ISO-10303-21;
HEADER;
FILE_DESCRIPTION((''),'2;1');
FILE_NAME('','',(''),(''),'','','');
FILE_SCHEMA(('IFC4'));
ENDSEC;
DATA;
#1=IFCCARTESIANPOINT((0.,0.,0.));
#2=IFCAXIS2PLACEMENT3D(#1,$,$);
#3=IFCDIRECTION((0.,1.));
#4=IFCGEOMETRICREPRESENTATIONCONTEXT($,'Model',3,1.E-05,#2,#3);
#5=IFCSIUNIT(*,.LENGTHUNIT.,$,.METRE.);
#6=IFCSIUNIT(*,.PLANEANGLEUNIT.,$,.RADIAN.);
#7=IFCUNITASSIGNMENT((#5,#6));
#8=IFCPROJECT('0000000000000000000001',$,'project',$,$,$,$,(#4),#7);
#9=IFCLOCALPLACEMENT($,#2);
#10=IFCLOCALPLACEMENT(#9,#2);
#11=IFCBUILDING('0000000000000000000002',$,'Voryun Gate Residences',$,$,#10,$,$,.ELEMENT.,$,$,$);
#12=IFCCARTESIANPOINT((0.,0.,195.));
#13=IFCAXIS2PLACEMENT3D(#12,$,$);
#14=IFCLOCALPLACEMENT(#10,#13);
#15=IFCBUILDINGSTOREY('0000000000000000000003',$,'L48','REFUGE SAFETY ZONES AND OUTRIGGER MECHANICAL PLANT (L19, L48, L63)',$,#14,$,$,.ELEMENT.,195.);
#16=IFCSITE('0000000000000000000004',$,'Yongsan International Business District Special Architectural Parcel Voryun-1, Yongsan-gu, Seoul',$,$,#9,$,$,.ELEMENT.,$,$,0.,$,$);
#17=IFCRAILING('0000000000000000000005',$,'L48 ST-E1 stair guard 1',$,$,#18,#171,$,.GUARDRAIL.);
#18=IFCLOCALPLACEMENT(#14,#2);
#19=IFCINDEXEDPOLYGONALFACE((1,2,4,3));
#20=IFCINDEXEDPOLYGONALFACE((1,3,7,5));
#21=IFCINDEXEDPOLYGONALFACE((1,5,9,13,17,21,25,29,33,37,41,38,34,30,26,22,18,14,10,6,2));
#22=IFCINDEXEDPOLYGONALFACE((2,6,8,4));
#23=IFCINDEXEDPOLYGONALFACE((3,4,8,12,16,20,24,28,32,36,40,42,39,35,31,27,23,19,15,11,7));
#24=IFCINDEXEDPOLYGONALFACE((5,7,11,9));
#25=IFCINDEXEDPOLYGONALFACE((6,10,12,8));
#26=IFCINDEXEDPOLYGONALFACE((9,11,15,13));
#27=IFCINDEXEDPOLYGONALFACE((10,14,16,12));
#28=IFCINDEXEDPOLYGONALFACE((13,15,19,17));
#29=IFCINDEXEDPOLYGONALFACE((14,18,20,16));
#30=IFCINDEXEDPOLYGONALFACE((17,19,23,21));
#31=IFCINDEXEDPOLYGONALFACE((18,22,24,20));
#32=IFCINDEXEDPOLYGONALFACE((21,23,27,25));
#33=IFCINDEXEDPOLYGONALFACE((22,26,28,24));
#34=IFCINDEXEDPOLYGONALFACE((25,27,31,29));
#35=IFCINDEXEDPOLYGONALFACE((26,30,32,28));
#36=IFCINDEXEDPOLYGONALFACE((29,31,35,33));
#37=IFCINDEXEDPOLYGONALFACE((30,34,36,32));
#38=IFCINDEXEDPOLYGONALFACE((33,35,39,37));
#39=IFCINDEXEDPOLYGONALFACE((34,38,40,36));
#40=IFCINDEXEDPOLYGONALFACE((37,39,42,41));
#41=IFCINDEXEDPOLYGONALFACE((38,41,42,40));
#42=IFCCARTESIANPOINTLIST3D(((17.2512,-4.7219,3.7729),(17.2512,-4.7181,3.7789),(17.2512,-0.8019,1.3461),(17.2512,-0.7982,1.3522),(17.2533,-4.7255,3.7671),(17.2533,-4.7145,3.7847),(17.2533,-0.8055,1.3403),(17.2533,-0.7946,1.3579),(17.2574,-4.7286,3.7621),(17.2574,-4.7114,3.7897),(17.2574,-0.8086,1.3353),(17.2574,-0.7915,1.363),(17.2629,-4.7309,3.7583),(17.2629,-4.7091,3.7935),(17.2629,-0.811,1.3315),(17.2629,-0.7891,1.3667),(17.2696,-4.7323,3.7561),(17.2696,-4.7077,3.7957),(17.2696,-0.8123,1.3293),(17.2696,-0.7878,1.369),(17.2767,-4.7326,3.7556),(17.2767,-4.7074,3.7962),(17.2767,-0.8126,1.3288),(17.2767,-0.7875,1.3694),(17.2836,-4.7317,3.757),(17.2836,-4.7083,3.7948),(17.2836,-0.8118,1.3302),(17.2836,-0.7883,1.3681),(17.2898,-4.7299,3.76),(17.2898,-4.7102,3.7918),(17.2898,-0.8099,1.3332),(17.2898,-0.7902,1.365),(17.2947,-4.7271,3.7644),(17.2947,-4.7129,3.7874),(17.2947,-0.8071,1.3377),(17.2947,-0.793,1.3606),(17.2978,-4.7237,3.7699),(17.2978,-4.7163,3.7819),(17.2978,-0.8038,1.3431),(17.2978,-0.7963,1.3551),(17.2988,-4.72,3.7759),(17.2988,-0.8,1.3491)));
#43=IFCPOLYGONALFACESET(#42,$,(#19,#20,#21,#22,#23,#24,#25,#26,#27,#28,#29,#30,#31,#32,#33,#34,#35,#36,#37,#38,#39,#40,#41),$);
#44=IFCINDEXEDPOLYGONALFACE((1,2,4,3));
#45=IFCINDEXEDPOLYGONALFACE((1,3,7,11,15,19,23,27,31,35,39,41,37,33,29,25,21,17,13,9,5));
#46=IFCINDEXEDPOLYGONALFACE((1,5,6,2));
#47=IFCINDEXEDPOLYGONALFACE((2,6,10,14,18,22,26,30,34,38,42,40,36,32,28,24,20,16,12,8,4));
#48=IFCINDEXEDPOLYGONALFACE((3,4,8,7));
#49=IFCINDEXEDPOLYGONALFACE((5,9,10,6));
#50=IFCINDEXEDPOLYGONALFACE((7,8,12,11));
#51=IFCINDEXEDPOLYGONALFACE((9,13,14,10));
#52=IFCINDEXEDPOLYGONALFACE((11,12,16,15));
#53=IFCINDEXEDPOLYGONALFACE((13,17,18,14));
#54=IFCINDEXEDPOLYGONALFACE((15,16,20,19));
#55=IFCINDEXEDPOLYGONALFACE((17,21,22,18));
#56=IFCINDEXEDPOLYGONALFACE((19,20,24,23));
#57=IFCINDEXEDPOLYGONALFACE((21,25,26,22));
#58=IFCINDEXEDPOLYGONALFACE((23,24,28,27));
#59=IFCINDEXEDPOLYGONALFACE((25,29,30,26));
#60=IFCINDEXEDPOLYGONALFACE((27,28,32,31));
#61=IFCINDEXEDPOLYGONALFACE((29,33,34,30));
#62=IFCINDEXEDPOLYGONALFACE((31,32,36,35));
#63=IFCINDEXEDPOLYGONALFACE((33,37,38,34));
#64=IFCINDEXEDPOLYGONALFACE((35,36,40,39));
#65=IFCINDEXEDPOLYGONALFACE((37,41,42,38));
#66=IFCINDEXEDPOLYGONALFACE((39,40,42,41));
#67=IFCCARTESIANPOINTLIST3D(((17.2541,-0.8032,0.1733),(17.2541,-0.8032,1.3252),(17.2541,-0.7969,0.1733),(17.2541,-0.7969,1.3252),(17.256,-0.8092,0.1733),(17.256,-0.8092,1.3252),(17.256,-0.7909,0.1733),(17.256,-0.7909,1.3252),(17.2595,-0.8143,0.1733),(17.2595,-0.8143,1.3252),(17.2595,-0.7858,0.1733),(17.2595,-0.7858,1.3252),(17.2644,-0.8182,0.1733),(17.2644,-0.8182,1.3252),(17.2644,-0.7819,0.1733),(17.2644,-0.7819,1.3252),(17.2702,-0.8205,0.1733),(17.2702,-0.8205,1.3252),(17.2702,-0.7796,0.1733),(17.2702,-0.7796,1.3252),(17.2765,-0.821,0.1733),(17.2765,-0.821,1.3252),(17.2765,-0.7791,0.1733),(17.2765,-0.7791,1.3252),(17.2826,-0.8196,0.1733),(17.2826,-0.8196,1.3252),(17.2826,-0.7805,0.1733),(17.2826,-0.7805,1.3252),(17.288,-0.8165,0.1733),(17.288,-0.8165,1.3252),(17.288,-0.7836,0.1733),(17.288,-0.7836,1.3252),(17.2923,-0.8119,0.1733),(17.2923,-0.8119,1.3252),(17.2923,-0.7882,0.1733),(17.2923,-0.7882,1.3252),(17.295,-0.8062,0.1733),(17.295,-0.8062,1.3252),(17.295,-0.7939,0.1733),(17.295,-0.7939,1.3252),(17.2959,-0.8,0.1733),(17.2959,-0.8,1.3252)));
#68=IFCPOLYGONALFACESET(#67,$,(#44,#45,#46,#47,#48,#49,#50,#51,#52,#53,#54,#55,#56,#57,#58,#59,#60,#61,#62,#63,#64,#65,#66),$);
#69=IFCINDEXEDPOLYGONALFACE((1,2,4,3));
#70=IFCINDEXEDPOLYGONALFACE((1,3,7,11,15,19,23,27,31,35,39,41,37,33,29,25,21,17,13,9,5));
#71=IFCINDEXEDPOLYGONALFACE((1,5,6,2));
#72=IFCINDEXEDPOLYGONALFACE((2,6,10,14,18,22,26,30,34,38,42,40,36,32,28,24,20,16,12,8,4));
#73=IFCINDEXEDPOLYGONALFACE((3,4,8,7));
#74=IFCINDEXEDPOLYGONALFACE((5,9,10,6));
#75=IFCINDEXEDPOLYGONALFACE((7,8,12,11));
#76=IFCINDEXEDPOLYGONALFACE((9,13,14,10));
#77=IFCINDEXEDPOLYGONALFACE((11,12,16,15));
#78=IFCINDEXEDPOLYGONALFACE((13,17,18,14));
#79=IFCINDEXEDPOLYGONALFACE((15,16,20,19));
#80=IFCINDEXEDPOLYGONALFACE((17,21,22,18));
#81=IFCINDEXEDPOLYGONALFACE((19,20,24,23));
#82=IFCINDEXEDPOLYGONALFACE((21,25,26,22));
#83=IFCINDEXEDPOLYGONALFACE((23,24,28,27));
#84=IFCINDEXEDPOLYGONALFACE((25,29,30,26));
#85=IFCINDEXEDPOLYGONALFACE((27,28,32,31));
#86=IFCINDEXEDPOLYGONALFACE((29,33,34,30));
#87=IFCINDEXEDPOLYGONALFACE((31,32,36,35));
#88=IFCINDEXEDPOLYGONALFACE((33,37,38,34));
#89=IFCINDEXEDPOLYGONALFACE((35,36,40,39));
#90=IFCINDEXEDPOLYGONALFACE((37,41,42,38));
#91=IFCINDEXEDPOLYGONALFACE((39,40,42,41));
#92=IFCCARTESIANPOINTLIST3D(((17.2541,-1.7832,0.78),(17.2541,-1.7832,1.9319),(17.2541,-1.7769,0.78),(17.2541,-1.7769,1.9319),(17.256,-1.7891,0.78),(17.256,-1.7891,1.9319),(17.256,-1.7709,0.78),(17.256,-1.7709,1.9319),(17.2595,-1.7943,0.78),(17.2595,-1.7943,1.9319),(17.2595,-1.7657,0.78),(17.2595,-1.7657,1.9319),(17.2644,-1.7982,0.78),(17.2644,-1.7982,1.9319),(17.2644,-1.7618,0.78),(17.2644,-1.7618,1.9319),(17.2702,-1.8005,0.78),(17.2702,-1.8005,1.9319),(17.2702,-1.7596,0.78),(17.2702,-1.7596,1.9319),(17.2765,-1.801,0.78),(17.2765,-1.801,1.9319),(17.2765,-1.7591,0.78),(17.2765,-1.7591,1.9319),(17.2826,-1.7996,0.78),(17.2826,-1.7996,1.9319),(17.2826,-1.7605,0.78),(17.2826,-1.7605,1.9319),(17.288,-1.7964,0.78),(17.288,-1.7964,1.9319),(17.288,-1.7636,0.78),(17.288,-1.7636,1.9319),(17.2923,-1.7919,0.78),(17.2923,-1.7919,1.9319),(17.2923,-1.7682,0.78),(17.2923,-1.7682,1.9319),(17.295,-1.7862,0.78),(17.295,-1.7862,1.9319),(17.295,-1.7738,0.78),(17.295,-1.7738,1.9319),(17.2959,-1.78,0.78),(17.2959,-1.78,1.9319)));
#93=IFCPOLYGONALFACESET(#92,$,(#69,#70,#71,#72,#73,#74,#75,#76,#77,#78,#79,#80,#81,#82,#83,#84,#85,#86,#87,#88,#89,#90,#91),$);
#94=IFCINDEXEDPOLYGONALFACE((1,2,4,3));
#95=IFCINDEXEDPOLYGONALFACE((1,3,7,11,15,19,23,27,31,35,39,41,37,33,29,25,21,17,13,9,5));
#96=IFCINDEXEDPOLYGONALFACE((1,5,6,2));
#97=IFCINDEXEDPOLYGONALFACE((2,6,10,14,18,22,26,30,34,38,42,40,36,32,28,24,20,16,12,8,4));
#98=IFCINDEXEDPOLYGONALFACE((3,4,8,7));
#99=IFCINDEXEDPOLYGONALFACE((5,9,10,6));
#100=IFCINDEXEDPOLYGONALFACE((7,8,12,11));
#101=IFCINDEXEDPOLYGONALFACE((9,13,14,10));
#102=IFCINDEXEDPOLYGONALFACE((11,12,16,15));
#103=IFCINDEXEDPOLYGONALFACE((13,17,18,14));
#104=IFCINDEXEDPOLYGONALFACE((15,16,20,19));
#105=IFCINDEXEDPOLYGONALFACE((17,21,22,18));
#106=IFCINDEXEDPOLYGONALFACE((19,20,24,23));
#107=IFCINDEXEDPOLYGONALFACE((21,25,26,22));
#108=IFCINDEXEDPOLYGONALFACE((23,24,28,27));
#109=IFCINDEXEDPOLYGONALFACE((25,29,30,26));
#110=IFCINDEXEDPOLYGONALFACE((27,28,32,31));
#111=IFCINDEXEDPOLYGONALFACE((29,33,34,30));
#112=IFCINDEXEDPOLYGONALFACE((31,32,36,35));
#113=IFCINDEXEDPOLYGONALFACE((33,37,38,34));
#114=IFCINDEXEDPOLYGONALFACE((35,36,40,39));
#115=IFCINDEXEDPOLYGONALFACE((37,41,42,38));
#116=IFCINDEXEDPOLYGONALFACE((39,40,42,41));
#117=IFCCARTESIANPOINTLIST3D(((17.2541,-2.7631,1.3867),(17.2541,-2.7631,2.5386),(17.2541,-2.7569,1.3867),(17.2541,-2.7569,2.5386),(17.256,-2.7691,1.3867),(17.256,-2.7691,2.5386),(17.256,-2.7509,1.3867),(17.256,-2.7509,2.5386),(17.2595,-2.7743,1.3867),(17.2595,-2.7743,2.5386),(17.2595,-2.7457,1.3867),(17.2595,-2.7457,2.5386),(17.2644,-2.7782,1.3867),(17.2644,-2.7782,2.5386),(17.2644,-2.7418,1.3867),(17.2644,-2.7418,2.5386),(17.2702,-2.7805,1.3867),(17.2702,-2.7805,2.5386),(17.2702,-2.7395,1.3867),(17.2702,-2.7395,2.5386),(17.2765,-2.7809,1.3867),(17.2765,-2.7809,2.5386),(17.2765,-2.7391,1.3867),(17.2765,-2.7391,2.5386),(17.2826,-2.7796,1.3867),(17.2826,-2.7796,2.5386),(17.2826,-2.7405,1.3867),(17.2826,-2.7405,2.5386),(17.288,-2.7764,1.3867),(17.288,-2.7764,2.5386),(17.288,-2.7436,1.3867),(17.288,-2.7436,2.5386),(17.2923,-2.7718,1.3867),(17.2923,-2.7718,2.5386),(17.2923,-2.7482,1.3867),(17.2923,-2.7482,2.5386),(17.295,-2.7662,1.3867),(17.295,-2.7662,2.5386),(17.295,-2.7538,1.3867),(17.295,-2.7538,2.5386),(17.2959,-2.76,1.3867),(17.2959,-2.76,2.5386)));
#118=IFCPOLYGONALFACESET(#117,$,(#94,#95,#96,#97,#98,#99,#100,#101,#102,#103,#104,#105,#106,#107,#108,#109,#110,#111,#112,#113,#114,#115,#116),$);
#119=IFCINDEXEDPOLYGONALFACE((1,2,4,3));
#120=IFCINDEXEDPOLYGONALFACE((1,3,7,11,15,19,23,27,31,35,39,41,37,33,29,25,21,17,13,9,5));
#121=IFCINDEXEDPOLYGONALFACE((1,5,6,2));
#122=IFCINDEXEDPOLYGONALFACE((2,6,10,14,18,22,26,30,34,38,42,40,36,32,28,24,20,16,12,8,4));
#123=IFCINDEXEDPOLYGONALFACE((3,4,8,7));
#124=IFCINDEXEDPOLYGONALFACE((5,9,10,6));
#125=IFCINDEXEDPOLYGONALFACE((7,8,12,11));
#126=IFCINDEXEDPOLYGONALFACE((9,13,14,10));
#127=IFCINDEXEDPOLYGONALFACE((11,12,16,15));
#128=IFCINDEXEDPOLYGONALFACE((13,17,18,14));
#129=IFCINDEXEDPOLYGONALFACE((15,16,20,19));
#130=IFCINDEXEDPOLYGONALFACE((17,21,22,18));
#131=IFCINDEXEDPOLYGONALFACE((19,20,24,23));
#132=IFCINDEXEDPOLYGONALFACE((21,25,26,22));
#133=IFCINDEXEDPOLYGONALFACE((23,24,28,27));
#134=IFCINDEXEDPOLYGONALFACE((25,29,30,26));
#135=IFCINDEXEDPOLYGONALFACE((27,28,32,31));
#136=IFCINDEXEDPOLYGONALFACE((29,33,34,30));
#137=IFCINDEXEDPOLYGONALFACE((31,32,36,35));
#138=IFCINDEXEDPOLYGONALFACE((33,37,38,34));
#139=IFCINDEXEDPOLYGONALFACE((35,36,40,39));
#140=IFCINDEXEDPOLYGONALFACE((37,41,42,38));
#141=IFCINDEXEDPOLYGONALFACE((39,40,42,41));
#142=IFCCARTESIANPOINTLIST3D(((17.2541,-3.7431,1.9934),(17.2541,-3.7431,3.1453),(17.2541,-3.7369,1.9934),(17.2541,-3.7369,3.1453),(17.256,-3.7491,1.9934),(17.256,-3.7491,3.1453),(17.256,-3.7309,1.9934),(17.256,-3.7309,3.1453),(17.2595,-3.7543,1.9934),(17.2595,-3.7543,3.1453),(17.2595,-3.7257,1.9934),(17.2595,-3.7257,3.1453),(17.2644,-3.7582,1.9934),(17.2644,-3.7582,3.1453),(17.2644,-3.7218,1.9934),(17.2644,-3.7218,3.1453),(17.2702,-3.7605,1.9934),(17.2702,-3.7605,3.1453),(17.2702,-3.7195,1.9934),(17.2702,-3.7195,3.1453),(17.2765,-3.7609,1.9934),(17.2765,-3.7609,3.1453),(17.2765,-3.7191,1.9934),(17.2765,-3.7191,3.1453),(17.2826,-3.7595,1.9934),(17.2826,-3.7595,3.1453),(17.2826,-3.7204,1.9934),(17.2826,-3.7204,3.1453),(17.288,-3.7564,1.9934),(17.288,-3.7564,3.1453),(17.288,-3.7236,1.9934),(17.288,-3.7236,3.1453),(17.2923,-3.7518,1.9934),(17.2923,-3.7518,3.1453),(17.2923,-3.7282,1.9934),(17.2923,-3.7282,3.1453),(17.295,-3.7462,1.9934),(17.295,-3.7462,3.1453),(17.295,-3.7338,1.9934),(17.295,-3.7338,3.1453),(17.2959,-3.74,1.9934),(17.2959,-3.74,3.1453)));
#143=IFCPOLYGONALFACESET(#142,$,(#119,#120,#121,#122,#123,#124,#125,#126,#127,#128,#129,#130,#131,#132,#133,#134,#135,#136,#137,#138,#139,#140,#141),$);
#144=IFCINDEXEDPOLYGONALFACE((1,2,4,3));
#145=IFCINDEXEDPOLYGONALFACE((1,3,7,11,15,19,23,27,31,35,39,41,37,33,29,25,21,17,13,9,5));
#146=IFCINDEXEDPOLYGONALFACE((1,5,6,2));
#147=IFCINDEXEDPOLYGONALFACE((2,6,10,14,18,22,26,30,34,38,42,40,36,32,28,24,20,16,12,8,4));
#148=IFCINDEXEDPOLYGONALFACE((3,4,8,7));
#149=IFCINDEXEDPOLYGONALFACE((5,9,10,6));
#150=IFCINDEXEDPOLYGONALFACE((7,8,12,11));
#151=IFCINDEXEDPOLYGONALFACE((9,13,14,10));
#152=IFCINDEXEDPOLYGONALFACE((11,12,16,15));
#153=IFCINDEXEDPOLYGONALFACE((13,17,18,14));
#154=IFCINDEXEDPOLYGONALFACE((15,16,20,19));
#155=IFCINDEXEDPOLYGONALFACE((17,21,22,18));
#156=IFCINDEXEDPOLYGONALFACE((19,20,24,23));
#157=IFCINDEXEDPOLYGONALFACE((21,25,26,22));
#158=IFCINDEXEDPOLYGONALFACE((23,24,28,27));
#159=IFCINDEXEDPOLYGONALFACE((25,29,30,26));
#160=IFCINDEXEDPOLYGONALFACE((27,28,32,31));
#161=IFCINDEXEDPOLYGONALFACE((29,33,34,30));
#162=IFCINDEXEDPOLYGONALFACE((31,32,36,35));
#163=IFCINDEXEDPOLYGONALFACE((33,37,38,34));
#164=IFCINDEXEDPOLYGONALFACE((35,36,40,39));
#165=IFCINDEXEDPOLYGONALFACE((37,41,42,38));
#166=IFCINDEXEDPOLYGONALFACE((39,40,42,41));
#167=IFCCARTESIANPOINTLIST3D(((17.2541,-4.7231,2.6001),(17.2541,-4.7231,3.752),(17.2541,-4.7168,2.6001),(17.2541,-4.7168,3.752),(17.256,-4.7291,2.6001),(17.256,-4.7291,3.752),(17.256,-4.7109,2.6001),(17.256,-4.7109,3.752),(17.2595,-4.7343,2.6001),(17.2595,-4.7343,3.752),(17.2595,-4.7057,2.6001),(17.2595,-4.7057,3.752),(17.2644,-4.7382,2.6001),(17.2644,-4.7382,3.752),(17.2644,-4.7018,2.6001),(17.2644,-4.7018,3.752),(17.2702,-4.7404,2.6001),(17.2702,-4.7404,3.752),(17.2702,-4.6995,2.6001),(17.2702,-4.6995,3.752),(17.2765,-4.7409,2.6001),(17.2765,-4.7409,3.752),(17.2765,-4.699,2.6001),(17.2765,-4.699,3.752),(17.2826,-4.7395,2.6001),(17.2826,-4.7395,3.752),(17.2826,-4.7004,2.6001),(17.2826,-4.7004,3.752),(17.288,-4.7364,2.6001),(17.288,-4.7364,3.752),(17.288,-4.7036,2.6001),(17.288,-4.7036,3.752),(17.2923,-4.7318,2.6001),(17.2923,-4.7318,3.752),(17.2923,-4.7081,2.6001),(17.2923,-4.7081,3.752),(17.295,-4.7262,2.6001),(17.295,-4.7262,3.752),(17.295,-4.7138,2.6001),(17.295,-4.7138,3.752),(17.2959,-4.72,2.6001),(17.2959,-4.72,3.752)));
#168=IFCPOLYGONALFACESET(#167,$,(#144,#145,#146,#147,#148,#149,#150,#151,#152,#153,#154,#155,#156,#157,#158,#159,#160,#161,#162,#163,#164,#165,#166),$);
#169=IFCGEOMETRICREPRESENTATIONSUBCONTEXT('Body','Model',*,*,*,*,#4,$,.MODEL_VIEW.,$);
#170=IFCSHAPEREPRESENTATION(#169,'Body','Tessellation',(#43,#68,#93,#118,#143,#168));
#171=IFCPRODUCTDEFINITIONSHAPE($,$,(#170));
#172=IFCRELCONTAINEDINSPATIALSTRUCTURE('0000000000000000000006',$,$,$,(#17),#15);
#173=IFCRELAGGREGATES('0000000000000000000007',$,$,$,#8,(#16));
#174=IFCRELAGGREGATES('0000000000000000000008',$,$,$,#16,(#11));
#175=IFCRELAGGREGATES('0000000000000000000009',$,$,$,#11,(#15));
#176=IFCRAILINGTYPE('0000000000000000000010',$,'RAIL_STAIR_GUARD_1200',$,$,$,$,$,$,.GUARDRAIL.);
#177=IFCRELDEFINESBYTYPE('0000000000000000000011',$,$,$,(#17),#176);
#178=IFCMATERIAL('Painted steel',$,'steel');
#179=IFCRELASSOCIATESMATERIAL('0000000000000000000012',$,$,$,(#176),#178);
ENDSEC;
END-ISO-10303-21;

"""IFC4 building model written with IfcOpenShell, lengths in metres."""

from ifc_helpers import new_model, si_unit, direction, frame, origin, origin_2d, place, context, subcontext, project, spatial, circle, extrude, material, type_object, element, save


model = new_model("IFC4")

# Units and contexts
model_context = context("Model", 3, precision=1e-05, world=origin(), true_north=direction((0.0, 1.0)))
body_context = subcontext(model_context, "Body", "Model", "MODEL_VIEW")
ifc_project = project(units=[si_unit("LENGTHUNIT", "METRE"), si_unit("PLANEANGLEUNIT", "RADIAN")], contexts=[model_context])

# Site, building, storey
site_placement = place(None, origin())
site = spatial("IfcSite", under=ifc_project, at=site_placement, Name="Yongsan International Business District Special Architectural Parcel Voryun-1, Yongsan-gu, Seoul", CompositionType="ELEMENT", RefElevation=0.0)
building_placement = place(site_placement, origin())
building = spatial("IfcBuilding", under=site, at=building_placement, Name="Voryun Gate Residences", CompositionType="ELEMENT")
storey_placement = place(building_placement, frame((0.0, 0.0, 195.0)))
storey = spatial("IfcBuildingStorey", under=building, at=storey_placement, Name="L48", Description="REFUGE SAFETY ZONES AND OUTRIGGER MECHANICAL PLANT (L19, L48, L63)", CompositionType="ELEMENT", Elevation=195.0)

# Railing
ifc_material_1 = material(Name="Painted steel", Category="steel")
railing_type_1 = type_object("IfcRailingType", Name="RAIL_STAIR_GUARD_1200", PredefinedType="GUARDRAIL", material=ifc_material_1)
railing_1_placement = place(storey_placement, frame((17.2749, -0.8, 0.1733)))
element("IfcRailing", 1, at=railing_1_placement, inside=storey, type_object=railing_type_1, Name="L48 ST-E1 stair guard 1", PredefinedType="GUARDRAIL", context=body_context, shape_type="SweptSolid", body=[
    extrude(circle(Radius=0.0239, at=origin_2d()), frame((0.0, 0.0, 1.1758), z_axis=(0.0, -0.850252, 0.526376), x_axis=(1.0, 0.0, 0.0)), (0.0, 0.0, 1.0), 4.6104),
    extrude(circle(Radius=0.021, at=origin_2d()), origin(), (0.0, 0.0, 1.0), 1.1519),
    extrude(circle(Radius=0.021, at=origin_2d()), frame((0.0, -0.98, 0.6067)), (0.0, 0.0, 1.0), 1.1519),
    extrude(circle(Radius=0.021, at=origin_2d()), frame((0.0, -1.96, 1.2134)), (0.0, 0.0, 1.0), 1.1519),
    extrude(circle(Radius=0.021, at=origin_2d()), frame((0.0, -2.9399, 1.8201)), (0.0, 0.0, 1.0), 1.1519),
    extrude(circle(Radius=0.021, at=origin_2d()), frame((0.0, -3.9199, 2.4268)), (0.0, 0.0, 1.0), 1.1519),
])

save(model, "model.ifc")
